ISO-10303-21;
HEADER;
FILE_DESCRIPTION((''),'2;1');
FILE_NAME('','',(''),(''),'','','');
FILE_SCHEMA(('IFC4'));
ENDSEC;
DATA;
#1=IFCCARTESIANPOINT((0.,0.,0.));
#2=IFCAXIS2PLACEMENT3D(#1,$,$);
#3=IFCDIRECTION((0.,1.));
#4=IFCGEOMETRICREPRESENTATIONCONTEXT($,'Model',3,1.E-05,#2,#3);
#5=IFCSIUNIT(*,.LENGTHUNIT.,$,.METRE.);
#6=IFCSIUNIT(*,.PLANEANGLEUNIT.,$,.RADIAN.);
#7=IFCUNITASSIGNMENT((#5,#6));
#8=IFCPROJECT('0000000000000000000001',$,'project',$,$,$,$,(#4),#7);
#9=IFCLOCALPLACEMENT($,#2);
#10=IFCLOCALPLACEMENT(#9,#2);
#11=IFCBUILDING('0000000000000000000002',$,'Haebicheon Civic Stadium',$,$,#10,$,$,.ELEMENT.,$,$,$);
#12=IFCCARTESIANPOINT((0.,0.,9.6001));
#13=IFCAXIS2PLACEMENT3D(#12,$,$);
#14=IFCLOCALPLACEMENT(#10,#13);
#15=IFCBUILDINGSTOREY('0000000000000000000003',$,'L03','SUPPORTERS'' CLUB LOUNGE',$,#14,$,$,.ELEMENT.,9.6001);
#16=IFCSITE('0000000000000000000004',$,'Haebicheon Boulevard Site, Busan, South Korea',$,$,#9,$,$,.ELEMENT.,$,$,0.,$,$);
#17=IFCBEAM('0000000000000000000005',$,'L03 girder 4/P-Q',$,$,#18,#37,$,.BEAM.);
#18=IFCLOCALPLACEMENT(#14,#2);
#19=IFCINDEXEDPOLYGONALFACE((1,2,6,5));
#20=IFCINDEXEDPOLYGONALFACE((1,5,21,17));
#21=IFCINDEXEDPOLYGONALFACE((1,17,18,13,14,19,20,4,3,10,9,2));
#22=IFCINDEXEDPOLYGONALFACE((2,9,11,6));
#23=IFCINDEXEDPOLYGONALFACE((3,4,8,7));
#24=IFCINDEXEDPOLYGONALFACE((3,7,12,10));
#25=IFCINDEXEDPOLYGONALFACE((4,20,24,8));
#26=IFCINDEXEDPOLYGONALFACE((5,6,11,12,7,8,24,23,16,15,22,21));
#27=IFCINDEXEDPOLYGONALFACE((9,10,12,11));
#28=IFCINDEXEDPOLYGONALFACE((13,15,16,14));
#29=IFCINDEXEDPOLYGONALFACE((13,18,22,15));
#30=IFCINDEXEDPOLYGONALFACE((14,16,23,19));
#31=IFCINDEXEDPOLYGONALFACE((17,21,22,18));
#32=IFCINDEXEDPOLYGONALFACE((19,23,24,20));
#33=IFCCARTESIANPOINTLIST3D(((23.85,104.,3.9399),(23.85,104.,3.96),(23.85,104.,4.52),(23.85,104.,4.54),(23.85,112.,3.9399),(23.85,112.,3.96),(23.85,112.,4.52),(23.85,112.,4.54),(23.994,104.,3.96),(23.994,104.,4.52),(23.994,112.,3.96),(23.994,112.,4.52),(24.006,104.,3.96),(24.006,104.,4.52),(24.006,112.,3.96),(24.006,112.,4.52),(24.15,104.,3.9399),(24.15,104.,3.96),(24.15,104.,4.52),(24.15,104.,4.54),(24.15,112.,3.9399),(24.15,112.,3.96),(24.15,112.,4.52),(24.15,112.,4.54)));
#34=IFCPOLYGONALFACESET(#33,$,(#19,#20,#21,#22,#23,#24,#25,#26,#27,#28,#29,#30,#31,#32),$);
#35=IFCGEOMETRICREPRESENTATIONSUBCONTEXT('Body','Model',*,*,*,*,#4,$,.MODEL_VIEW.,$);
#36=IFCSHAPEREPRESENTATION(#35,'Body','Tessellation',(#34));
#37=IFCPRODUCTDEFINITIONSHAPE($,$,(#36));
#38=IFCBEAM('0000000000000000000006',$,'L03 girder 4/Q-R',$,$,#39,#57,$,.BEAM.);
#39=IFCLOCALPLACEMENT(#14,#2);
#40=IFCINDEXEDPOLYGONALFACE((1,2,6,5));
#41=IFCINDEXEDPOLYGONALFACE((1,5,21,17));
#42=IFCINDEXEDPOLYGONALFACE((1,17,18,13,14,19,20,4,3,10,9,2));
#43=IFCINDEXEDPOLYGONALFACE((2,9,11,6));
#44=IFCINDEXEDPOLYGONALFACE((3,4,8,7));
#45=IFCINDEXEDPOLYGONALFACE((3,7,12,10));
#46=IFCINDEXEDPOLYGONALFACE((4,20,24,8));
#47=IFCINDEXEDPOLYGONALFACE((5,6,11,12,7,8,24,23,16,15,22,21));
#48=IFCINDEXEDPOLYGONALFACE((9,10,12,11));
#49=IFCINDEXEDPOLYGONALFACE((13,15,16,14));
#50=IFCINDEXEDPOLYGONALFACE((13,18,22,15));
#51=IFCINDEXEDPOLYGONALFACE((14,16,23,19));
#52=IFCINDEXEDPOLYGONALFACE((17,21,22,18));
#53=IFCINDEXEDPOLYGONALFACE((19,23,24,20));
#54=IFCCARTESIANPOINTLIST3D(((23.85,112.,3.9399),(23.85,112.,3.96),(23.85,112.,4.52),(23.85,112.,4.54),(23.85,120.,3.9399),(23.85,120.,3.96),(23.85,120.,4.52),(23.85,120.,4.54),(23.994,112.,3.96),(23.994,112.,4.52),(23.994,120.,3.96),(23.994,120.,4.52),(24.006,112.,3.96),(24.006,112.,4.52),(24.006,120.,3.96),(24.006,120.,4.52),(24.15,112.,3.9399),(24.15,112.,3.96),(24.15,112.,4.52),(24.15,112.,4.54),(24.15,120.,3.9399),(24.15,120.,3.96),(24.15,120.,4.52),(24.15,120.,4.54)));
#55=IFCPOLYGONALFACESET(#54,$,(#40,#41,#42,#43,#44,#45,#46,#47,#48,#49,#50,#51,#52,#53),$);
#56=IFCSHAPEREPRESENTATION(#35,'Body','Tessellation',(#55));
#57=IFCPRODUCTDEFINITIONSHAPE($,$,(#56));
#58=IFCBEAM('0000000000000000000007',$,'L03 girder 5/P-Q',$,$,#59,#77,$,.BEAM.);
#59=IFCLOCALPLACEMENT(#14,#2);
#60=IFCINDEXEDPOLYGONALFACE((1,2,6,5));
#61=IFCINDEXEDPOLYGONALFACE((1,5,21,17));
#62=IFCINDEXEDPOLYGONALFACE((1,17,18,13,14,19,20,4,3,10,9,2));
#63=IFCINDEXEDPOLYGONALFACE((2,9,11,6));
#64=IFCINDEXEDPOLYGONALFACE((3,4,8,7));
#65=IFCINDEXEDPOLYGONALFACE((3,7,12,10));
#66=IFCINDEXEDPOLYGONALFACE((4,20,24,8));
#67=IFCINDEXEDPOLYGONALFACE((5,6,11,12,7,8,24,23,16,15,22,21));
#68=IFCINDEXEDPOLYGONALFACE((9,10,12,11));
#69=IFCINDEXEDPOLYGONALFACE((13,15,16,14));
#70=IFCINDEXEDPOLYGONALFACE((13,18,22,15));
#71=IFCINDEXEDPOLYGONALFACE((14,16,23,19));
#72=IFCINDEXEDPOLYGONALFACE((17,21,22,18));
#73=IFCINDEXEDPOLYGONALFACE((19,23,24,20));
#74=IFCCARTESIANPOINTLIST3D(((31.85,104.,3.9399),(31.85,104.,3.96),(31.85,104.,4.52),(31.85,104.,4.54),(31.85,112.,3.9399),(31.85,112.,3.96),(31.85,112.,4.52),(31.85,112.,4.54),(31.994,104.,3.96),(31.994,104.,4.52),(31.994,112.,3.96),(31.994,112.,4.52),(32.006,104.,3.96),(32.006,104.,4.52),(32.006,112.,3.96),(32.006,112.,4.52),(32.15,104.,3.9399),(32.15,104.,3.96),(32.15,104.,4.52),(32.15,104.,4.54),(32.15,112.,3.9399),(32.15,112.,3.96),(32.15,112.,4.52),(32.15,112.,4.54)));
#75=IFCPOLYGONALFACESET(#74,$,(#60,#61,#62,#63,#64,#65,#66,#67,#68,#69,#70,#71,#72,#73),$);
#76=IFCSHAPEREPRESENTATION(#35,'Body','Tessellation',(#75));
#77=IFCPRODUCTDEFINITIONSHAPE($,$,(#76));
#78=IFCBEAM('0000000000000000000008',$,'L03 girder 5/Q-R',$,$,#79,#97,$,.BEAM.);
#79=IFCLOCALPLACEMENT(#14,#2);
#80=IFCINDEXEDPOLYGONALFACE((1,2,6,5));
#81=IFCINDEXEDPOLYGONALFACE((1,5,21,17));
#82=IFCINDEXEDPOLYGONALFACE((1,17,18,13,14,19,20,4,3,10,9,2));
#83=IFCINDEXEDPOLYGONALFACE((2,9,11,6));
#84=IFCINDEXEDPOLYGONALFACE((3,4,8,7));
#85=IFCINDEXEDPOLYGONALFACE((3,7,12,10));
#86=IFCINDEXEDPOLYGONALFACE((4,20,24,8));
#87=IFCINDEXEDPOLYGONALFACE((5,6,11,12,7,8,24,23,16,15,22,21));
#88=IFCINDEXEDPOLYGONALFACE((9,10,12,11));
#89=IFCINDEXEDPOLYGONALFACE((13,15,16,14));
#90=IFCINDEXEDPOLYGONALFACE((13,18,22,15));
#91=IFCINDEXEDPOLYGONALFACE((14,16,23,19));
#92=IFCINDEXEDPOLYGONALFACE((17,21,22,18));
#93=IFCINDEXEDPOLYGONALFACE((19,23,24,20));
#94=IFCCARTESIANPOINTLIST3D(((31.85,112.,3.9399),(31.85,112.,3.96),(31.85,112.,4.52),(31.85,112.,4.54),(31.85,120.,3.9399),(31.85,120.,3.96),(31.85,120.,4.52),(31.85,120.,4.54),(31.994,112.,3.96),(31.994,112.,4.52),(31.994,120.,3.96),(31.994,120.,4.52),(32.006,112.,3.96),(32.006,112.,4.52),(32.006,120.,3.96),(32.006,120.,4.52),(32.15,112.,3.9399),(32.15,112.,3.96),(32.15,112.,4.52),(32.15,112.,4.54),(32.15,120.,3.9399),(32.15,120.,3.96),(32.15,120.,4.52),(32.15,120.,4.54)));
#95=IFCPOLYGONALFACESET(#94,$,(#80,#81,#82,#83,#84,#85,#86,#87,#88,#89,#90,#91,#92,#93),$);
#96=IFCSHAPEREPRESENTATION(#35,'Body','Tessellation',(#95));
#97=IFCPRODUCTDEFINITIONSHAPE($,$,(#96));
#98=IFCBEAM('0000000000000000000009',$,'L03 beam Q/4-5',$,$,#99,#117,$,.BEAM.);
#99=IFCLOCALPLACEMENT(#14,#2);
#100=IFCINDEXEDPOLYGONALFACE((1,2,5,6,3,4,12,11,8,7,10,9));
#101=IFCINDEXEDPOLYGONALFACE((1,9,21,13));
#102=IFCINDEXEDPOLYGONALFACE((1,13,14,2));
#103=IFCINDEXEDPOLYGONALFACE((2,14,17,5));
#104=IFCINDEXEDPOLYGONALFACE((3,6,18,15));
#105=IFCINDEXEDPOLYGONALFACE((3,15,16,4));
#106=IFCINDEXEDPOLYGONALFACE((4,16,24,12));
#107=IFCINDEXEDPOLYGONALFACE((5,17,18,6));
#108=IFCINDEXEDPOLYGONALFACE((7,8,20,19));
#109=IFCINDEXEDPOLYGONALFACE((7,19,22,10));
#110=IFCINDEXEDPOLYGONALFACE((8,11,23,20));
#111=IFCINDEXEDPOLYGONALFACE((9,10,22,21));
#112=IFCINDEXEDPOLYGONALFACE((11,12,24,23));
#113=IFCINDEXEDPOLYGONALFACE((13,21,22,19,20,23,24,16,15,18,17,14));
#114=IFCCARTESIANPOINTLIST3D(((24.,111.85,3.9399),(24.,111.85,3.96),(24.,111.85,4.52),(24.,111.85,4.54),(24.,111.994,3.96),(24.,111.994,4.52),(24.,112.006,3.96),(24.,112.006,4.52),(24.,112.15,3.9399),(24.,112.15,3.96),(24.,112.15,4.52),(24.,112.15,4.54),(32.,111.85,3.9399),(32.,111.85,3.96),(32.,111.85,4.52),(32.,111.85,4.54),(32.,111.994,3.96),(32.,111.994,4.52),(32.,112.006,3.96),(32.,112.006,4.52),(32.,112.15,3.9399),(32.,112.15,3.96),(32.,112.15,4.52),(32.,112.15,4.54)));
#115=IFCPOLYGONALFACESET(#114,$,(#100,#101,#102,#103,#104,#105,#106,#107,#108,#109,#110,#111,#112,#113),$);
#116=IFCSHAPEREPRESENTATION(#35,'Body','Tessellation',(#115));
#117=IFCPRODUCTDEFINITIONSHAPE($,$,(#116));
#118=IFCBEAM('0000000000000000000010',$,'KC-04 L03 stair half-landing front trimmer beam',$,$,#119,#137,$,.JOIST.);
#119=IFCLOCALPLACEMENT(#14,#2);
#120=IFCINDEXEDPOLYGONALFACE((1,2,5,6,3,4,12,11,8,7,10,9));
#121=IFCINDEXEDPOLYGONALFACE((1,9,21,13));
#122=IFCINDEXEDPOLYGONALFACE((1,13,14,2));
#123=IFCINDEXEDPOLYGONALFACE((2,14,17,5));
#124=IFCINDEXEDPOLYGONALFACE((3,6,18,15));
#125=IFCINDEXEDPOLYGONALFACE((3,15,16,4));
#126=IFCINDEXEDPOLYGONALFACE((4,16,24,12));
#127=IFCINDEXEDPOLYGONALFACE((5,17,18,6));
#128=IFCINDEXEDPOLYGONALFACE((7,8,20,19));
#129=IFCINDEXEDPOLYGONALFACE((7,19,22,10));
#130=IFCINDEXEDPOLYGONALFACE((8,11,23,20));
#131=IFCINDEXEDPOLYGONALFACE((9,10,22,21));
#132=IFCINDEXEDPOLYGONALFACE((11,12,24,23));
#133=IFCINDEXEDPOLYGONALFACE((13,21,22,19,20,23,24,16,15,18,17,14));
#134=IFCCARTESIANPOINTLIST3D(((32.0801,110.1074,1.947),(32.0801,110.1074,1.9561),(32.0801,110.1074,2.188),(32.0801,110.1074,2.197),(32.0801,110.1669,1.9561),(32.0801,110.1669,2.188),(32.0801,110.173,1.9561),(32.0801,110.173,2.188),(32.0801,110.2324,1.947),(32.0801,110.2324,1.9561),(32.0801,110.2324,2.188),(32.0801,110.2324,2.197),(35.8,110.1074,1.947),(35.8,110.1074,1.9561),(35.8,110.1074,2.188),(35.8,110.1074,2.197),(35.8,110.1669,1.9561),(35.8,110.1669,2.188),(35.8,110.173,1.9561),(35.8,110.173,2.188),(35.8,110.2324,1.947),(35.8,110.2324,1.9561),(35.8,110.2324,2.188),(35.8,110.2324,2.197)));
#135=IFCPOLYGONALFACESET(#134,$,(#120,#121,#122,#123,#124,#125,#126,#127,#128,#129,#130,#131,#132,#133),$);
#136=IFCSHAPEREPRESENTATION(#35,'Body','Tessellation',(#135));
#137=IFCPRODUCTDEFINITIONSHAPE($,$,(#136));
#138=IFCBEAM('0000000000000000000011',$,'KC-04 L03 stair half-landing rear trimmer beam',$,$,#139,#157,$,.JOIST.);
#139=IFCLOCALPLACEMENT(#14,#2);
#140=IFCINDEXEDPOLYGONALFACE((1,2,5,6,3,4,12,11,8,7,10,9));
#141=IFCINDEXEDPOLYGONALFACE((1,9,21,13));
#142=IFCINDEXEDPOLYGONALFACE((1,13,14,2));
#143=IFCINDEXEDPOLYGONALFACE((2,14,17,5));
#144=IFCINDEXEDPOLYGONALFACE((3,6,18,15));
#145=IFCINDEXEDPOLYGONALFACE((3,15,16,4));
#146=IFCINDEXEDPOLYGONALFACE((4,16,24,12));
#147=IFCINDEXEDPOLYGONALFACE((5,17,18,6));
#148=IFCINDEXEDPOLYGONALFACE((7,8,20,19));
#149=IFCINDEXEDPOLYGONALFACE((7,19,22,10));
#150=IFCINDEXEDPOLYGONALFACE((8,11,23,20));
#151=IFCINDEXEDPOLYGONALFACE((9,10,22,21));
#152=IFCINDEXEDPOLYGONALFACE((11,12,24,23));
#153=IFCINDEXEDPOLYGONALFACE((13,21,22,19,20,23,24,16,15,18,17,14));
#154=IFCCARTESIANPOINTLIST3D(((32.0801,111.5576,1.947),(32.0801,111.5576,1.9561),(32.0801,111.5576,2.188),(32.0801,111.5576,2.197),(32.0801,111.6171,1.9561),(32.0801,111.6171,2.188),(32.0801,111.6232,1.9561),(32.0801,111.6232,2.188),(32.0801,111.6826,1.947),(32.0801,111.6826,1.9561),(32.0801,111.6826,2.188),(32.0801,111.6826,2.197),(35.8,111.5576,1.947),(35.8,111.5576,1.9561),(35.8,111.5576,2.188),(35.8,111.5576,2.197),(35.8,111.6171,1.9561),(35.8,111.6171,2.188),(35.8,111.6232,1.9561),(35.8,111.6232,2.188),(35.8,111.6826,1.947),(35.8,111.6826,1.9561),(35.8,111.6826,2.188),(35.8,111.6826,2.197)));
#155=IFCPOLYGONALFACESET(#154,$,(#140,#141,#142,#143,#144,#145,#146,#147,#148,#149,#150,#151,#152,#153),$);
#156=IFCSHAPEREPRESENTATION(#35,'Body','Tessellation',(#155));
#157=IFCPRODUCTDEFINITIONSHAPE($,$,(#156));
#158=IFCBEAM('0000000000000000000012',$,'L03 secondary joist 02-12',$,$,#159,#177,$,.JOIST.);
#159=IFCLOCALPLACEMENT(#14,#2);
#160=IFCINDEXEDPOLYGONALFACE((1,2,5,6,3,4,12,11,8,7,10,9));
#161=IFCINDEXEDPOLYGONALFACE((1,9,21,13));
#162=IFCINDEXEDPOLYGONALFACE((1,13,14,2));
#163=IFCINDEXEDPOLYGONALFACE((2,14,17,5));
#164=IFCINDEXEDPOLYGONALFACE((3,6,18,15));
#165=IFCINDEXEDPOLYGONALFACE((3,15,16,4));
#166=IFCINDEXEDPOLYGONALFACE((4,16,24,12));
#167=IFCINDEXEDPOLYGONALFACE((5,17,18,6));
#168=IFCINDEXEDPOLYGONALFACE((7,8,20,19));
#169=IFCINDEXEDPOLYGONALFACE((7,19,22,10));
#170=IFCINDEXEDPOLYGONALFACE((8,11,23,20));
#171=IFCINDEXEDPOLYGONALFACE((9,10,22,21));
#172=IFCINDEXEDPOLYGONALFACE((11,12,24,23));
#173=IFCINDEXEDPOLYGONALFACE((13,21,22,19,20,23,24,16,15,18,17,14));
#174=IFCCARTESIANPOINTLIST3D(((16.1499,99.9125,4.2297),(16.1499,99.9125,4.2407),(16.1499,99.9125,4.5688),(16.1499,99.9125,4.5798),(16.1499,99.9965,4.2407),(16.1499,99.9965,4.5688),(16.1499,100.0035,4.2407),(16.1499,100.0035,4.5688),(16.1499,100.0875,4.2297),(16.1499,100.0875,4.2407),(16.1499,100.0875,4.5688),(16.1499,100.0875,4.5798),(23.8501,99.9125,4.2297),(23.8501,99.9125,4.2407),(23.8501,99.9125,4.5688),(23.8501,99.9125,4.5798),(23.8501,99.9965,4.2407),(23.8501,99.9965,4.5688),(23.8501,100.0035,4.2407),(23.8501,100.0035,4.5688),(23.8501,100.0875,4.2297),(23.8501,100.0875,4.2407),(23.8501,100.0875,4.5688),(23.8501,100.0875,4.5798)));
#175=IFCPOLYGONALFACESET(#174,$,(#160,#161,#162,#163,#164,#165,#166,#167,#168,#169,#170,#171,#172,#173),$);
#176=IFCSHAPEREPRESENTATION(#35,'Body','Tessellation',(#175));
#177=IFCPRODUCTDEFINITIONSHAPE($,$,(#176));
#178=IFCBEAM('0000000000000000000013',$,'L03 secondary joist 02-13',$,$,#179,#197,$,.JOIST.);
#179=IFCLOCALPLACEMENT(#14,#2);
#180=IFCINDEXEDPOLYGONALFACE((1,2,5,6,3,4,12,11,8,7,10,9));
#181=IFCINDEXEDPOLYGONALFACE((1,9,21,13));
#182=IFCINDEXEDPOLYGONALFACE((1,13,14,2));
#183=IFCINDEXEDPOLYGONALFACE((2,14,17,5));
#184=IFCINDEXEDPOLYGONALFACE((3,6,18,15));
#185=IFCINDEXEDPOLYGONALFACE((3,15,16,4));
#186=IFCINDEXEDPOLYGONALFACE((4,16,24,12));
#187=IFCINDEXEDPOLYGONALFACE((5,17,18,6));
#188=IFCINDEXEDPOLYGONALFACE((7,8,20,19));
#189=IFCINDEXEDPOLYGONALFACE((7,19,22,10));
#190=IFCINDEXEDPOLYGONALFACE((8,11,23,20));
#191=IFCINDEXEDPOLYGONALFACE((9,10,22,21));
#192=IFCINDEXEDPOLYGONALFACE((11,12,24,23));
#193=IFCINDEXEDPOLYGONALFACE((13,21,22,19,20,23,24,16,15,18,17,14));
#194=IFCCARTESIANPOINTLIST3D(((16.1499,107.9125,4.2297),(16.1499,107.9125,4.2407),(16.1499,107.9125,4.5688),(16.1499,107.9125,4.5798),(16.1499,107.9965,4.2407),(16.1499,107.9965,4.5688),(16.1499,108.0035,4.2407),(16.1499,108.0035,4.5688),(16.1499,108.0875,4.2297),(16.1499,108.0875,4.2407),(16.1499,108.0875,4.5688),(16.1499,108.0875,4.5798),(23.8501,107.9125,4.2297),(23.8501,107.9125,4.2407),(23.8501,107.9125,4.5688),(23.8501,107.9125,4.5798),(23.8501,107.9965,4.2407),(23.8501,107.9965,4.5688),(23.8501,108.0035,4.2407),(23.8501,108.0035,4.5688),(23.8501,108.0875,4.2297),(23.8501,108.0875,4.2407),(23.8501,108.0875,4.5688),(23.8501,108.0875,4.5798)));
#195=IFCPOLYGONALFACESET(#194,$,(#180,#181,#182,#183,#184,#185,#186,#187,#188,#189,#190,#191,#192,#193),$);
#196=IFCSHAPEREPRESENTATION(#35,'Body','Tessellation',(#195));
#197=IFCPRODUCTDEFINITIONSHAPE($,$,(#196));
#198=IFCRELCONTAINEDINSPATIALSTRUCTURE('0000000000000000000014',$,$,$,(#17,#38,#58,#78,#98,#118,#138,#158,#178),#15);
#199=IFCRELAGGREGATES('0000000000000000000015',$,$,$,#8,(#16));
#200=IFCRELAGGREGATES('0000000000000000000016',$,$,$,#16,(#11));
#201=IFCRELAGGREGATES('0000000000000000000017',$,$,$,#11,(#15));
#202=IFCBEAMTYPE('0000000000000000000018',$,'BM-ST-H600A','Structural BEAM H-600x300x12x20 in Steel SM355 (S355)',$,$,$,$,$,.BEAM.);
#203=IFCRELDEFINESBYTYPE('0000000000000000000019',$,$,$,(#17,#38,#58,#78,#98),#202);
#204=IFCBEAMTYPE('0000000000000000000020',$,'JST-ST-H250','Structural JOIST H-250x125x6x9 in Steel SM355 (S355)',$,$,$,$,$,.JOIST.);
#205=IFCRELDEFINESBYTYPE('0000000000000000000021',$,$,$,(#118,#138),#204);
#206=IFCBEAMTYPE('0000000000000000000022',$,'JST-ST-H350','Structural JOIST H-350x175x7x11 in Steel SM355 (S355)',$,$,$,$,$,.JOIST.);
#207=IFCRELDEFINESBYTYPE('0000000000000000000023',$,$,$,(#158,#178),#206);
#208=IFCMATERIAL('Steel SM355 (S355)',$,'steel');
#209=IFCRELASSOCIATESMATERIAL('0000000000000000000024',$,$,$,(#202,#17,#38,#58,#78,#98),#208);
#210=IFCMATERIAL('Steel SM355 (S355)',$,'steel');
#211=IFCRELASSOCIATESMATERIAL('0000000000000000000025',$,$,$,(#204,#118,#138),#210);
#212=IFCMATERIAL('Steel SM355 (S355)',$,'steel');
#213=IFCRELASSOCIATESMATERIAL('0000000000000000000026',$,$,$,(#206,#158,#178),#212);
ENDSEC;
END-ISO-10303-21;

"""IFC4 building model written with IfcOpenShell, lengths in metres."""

from ifc_helpers import new_model, si_unit, direction, frame, origin, origin_2d, place, context, subcontext, project, spatial, i_section, extrude, material, material_profile, profile_set, type_object, element, save


model = new_model("IFC4")

# Units and contexts
model_context = context("Model", 3, precision=1e-05, world=origin(), true_north=direction((0.0, 1.0)))
body_context = subcontext(model_context, "Body", "Model", "MODEL_VIEW")
ifc_project = project(units=[si_unit("LENGTHUNIT", "METRE"), si_unit("PLANEANGLEUNIT", "RADIAN")], contexts=[model_context])

# Site, building, storey
site_placement = place(None, origin())
site = spatial("IfcSite", under=ifc_project, at=site_placement, Name="Haebicheon Boulevard Site, Busan, South Korea", CompositionType="ELEMENT", RefElevation=0.0)
building_placement = place(site_placement, origin())
building = spatial("IfcBuilding", under=site, at=building_placement, Name="Haebicheon Civic Stadium", CompositionType="ELEMENT")
storey_placement = place(building_placement, frame((0.0, 0.0, 9.6001)))
storey = spatial("IfcBuildingStorey", under=building, at=storey_placement, Name="L03", Description="SUPPORTERS' CLUB LOUNGE", CompositionType="ELEMENT", Elevation=9.6001)

# Beams
ifc_material_1 = material(Name="Steel SM355 (S355)", Category="steel")
ifc_material_profile_1 = material_profile(ifc_material_1, i_section(OverallWidth=0.3, OverallDepth=0.6001, WebThickness=0.012, FlangeThickness=0.02, at=origin_2d()), Name="H-600x300x12x20")
ifc_profile_set_1 = profile_set([ifc_material_profile_1], Name="Steel SM355 (S355)")
beam_type_1 = type_object("IfcBeamType", Name="BM-ST-H600A", Description="Structural BEAM H-600x300x12x20 in Steel SM355 (S355)", PredefinedType="BEAM", material=ifc_profile_set_1)
for number, where, z_axis, x_axis, name in (
    (1, (24.0, 104.0, 4.24), (0.0, 1.0, 0.0), (-1.0, 0.0, 0.0), "L03 girder 4/P-Q"),
    (2, (24.0, 112.0, 4.24), (0.0, 1.0, 0.0), (-1.0, 0.0, 0.0), "L03 girder 4/Q-R"),
    (3, (32.0, 104.0, 4.24), (0.0, 1.0, 0.0), (-1.0, 0.0, 0.0), "L03 girder 5/P-Q"),
    (4, (32.0, 112.0, 4.24), (0.0, 1.0, 0.0), (-1.0, 0.0, 0.0), "L03 girder 5/Q-R"),
    (5, (24.0, 112.0, 4.24), (1.0, 0.0, 0.0), (0.0, 1.0, 0.0), "L03 beam Q/4-5"),
):
    element("IfcBeam", number, at=place(storey_placement, frame(where, z_axis=z_axis, x_axis=x_axis)), inside=storey, type_object=beam_type_1, material=ifc_profile_set_1, Name=name, PredefinedType="BEAM", context=body_context, shape_type="SweptSolid", body=[
        extrude(i_section(OverallWidth=0.3, OverallDepth=0.6001, WebThickness=0.012, FlangeThickness=0.02, at=origin_2d()), origin(), (0.0, 0.0, 1.0), 8.0),
    ])
ifc_material_2 = material(Name="Steel SM355 (S355)", Category="steel")
ifc_material_profile_2 = material_profile(ifc_material_2, i_section(OverallWidth=0.125, OverallDepth=0.25, WebThickness=0.0061, FlangeThickness=0.009, at=origin_2d()), Name="H-250x125x6x9")
ifc_profile_set_2 = profile_set([ifc_material_profile_2], Name="Steel SM355 (S355)")
beam_type_2 = type_object("IfcBeamType", Name="JST-ST-H250", Description="Structural JOIST H-250x125x6x9 in Steel SM355 (S355)", PredefinedType="JOIST", material=ifc_profile_set_2)
for number, where, z_axis, x_axis, name in (
    (6, (32.0801, 110.1699, 2.072), (1.0, 0.0, 0.0), (0.0, 1.0, 0.0), "KC-04 L03 stair half-landing front trimmer beam"),
    (7, (32.0801, 111.6201, 2.072), (1.0, 0.0, 0.0), (0.0, 1.0, 0.0), "KC-04 L03 stair half-landing rear trimmer beam"),
):
    element("IfcBeam", number, at=place(storey_placement, frame(where, z_axis=z_axis, x_axis=x_axis)), inside=storey, type_object=beam_type_2, material=ifc_profile_set_2, Name=name, PredefinedType="JOIST", context=body_context, shape_type="SweptSolid", body=[
        extrude(i_section(OverallWidth=0.125, OverallDepth=0.25, WebThickness=0.0061, FlangeThickness=0.009, at=origin_2d()), origin(), (0.0, 0.0, 1.0), 3.72),
    ])
ifc_material_3 = material(Name="Steel SM355 (S355)", Category="steel")
ifc_material_profile_3 = material_profile(ifc_material_3, i_section(OverallWidth=0.175, OverallDepth=0.3501, WebThickness=0.0071, FlangeThickness=0.011, at=origin_2d()), Name="H-350x175x7x11")
ifc_profile_set_3 = profile_set([ifc_material_profile_3], Name="Steel SM355 (S355)")
beam_type_3 = type_object("IfcBeamType", Name="JST-ST-H350", Description="Structural JOIST H-350x175x7x11 in Steel SM355 (S355)", PredefinedType="JOIST", material=ifc_profile_set_3)
for number, where, z_axis, x_axis, name in (
    (8, (16.1499, 100.0, 4.4048), (1.0, 0.0, 0.0), (0.0, 1.0, 0.0), "L03 secondary joist 02-12"),
    (9, (16.1499, 108.0, 4.4048), (1.0, 0.0, 0.0), (0.0, 1.0, 0.0), "L03 secondary joist 02-13"),
):
    element("IfcBeam", number, at=place(storey_placement, frame(where, z_axis=z_axis, x_axis=x_axis)), inside=storey, type_object=beam_type_3, material=ifc_profile_set_3, Name=name, PredefinedType="JOIST", context=body_context, shape_type="SweptSolid", body=[
        extrude(i_section(OverallWidth=0.175, OverallDepth=0.3501, WebThickness=0.0071, FlangeThickness=0.011, at=origin_2d()), origin(), (0.0, 0.0, 1.0), 7.7002),
    ])

save(model, "model.ifc")
